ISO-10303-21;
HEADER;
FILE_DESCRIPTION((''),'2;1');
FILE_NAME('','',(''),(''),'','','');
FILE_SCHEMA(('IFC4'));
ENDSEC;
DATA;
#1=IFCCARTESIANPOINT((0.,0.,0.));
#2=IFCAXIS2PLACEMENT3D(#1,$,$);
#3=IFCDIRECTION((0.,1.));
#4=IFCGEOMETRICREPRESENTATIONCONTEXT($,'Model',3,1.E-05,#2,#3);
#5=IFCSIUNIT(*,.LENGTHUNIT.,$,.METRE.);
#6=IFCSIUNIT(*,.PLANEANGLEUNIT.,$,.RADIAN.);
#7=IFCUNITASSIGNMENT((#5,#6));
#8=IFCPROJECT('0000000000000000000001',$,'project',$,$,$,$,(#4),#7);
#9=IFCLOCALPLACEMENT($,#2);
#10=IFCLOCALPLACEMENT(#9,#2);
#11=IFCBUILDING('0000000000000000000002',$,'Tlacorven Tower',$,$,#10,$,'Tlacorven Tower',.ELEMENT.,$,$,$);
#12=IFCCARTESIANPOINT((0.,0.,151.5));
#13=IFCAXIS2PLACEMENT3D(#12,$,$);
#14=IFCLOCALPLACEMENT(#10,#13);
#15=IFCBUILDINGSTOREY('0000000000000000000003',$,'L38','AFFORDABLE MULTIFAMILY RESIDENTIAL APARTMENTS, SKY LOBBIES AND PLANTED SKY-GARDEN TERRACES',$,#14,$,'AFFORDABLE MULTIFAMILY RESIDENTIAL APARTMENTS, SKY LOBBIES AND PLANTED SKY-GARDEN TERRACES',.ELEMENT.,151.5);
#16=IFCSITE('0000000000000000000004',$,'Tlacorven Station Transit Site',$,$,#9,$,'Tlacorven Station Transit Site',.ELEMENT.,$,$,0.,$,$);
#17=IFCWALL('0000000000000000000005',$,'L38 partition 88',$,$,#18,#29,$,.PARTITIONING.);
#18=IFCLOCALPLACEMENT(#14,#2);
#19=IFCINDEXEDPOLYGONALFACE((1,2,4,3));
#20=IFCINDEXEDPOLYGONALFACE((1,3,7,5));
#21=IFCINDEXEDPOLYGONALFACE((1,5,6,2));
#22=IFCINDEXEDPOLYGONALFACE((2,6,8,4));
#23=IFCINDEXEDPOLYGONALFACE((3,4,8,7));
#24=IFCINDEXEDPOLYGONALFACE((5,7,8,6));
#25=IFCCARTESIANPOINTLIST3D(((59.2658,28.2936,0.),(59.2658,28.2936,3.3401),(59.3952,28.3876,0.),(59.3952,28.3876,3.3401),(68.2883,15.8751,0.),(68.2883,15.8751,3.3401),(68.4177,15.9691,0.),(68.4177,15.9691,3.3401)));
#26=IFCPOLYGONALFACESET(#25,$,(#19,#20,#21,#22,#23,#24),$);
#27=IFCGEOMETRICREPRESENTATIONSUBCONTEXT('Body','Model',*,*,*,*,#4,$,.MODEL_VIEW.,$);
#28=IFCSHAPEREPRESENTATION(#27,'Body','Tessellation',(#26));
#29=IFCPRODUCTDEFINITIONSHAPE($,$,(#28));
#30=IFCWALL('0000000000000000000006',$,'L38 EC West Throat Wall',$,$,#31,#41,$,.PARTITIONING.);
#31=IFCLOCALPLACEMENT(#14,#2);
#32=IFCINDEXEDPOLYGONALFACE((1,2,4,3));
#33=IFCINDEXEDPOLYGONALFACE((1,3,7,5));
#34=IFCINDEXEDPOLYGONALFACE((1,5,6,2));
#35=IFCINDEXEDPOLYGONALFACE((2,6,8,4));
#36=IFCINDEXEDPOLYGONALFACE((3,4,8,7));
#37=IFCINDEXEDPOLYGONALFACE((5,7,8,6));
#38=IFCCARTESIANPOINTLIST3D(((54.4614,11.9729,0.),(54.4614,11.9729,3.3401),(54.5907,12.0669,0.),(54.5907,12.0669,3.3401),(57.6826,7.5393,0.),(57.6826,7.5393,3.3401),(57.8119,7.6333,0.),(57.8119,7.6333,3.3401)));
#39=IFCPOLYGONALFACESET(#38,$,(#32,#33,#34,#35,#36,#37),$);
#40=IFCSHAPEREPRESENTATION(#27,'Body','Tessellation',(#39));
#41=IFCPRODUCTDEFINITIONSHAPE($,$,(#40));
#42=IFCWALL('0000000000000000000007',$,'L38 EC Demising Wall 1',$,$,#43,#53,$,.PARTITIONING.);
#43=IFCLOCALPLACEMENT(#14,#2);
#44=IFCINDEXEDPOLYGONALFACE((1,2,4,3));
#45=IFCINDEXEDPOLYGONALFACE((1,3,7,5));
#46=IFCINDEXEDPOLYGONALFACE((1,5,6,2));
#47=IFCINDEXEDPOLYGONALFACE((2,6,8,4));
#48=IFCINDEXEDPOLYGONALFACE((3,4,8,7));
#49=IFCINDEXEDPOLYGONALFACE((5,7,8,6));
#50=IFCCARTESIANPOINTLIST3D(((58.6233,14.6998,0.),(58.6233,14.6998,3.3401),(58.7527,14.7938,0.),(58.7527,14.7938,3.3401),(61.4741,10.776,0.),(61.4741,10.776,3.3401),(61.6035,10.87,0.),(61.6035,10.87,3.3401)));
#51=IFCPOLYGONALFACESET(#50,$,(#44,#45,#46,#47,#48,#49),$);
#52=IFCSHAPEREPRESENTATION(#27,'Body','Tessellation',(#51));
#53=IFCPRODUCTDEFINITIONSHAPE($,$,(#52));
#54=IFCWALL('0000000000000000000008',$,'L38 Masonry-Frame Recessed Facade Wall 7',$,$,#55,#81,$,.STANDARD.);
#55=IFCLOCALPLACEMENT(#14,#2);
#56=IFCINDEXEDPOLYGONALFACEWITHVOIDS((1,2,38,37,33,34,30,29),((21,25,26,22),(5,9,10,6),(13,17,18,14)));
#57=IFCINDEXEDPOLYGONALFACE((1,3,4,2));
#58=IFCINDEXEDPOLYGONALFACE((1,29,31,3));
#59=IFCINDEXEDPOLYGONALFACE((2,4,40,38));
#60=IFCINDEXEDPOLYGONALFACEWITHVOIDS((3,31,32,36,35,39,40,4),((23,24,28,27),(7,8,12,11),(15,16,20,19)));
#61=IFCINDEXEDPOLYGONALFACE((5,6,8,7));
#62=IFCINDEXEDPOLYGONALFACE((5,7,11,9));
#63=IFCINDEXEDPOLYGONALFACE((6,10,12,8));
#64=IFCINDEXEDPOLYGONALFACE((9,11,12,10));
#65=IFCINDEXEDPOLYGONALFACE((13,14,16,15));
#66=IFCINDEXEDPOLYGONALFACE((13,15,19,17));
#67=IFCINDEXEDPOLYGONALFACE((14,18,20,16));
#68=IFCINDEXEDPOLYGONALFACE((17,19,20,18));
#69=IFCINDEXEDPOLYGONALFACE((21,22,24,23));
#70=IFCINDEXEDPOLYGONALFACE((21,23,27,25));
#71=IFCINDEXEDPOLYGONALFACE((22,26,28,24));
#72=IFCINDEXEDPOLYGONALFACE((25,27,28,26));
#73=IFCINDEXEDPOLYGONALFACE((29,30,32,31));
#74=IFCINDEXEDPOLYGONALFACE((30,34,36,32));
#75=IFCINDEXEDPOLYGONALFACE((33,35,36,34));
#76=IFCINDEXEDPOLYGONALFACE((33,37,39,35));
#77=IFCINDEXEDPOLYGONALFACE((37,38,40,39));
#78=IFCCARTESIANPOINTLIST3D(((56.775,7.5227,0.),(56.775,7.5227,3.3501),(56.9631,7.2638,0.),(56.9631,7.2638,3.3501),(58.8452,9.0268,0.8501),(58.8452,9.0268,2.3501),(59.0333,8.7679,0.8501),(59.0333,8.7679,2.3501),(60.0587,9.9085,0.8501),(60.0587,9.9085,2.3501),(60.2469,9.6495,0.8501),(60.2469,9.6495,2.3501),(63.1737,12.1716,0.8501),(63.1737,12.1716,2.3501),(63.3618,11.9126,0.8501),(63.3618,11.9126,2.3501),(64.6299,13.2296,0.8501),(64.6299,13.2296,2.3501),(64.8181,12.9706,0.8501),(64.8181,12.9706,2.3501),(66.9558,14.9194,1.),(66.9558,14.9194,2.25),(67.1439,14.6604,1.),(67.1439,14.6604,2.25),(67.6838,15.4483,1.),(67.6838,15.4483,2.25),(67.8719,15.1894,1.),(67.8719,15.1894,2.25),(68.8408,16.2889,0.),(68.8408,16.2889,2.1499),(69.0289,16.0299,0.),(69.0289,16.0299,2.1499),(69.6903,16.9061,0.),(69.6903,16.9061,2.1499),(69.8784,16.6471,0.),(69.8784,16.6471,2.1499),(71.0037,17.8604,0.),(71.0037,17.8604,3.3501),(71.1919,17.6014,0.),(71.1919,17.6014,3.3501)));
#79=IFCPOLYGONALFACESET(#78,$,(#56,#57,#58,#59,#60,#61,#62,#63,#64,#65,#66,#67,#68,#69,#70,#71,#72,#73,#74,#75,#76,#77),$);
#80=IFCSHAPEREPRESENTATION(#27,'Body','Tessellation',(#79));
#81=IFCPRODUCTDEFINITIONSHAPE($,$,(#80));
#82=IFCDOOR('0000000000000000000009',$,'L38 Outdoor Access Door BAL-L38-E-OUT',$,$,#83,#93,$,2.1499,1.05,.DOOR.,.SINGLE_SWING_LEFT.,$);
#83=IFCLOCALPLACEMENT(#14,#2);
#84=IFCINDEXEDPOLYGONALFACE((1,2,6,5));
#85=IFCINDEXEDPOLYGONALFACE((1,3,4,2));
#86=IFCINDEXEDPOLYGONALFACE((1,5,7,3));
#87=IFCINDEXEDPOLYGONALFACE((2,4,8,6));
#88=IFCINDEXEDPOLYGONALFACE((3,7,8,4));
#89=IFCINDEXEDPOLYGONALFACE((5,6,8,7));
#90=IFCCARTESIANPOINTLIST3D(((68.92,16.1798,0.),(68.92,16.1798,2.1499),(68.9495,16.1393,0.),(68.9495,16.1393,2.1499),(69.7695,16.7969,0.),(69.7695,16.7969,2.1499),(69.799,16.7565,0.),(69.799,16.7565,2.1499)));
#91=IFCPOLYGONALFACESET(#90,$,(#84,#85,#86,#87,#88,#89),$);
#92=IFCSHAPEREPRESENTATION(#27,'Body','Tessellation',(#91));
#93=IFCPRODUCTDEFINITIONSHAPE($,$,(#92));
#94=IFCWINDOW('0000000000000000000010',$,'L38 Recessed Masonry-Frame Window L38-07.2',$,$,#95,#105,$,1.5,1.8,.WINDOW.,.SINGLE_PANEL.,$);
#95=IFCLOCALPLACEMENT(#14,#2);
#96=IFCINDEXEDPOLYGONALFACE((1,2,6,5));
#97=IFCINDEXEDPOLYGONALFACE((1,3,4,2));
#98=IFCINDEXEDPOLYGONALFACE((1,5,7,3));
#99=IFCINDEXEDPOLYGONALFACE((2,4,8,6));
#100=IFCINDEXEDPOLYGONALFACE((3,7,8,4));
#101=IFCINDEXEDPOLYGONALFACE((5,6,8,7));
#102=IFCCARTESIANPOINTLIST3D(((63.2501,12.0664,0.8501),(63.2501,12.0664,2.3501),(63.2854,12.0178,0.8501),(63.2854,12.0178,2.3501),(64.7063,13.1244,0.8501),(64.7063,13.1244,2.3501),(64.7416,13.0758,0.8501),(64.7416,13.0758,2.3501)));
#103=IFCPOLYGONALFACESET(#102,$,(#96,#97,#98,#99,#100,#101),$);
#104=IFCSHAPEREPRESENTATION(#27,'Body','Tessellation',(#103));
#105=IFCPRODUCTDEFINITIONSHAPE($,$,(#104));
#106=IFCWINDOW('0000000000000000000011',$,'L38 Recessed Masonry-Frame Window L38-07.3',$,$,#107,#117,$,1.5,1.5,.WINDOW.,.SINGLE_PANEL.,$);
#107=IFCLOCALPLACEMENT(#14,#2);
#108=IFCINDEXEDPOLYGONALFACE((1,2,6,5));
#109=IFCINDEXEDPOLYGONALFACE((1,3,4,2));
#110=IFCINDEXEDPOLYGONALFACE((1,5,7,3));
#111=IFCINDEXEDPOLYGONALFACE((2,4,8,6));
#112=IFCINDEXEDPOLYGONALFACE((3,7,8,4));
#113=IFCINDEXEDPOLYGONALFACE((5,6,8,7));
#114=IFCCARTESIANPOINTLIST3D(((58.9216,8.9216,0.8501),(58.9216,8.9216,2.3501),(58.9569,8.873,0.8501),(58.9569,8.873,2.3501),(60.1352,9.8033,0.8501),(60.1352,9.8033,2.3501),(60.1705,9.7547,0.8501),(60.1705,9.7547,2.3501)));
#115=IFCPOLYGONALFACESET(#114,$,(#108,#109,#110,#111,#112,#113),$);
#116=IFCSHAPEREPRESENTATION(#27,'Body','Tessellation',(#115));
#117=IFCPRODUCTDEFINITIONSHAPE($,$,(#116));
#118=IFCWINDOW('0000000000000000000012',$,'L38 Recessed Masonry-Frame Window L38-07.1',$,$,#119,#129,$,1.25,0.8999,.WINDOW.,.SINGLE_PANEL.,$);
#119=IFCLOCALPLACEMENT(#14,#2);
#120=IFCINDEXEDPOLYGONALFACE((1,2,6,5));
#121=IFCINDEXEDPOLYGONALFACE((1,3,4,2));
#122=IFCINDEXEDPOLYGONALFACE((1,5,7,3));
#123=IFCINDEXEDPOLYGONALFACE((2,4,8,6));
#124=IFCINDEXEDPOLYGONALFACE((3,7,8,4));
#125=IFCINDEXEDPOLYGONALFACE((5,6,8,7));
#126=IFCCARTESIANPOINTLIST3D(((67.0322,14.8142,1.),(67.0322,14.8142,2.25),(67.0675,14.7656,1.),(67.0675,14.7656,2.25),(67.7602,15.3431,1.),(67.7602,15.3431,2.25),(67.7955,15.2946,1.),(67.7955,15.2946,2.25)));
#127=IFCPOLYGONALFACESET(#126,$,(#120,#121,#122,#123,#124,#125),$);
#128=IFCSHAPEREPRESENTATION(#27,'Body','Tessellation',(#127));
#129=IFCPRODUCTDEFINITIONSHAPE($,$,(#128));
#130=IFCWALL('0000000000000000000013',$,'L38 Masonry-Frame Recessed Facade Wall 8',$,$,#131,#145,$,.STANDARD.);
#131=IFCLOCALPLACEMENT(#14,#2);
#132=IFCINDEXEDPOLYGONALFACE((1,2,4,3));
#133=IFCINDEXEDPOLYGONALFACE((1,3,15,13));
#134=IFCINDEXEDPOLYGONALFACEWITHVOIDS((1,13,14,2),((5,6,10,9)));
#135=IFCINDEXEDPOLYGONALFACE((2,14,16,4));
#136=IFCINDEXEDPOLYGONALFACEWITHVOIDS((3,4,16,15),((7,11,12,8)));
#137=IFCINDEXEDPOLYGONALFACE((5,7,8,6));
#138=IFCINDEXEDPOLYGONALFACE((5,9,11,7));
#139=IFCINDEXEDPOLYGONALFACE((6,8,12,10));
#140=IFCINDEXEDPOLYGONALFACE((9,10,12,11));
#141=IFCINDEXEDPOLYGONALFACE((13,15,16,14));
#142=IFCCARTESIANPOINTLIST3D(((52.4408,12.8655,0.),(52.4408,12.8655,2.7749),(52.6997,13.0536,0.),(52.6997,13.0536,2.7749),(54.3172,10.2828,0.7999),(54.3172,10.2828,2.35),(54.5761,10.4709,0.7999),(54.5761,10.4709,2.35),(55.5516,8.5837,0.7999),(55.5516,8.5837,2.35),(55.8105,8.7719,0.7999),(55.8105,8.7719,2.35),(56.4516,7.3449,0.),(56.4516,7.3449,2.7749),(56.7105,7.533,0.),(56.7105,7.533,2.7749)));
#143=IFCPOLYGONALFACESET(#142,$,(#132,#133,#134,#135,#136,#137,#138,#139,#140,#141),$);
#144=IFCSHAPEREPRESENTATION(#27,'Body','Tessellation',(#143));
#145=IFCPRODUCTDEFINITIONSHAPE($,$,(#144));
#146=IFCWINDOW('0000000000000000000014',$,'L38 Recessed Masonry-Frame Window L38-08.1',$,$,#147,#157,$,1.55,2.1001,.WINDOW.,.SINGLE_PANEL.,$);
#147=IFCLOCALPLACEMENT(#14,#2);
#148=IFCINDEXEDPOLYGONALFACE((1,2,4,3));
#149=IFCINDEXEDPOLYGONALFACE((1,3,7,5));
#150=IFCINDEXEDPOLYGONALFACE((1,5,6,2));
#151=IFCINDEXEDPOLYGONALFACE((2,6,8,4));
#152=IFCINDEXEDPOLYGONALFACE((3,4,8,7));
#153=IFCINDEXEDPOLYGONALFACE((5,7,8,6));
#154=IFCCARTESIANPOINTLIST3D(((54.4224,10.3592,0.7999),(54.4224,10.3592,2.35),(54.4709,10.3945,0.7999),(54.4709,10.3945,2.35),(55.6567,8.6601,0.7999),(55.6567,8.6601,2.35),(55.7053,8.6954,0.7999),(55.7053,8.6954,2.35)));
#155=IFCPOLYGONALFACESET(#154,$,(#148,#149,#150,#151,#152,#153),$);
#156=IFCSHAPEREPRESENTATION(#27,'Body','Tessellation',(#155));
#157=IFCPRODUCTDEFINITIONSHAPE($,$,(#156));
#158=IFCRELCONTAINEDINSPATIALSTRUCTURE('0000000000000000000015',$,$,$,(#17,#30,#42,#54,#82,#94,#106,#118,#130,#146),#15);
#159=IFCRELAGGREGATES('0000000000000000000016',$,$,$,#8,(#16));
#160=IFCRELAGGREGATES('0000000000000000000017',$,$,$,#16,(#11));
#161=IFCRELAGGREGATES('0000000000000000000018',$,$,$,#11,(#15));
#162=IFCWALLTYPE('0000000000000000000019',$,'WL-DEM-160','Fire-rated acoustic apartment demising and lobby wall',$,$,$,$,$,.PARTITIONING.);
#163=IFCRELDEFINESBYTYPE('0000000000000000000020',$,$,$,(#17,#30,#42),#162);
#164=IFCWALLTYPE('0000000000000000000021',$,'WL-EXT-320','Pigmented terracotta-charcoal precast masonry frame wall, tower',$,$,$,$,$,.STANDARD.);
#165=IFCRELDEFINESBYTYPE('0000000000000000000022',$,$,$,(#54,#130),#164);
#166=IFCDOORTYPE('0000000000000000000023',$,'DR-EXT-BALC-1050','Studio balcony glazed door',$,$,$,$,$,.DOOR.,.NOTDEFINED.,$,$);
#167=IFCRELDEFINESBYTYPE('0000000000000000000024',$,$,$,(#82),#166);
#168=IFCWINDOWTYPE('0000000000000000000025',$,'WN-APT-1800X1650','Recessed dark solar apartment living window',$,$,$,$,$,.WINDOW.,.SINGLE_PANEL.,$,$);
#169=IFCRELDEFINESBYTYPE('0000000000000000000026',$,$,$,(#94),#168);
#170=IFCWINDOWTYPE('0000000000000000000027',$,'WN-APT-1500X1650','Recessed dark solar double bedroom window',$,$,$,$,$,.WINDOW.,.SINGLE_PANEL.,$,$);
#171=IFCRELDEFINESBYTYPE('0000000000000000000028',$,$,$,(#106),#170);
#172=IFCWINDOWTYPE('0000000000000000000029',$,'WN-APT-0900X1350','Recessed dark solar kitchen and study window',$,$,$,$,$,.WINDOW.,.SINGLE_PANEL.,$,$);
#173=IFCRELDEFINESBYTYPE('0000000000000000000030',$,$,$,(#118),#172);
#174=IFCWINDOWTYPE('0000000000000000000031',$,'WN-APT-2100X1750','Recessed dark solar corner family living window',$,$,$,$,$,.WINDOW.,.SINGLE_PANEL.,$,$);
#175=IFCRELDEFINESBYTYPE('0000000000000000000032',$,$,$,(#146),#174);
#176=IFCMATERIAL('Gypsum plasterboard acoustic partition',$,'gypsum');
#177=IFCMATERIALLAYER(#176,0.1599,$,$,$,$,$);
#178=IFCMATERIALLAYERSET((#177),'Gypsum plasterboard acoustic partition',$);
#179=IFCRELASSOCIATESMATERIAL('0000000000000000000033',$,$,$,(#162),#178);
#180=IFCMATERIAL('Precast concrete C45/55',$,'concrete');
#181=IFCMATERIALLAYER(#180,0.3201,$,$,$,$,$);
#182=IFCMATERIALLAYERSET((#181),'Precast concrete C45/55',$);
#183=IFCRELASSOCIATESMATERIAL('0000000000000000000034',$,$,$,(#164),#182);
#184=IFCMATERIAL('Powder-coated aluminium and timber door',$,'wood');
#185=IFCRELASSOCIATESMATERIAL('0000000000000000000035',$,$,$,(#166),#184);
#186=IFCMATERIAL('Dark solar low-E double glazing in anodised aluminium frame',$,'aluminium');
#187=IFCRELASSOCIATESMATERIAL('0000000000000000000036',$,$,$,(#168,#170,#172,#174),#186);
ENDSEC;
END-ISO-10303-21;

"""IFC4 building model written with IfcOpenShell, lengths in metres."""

from ifc_helpers import new_model, si_unit, direction, frame, frame_2d, origin, place, context, subcontext, project, spatial, rectangle, extrude, source, transform, mapped, material, layer, layer_set, type_object, element, fill, save


model = new_model("IFC4")

# Units and contexts
model_context = context("Model", 3, precision=1e-05, world=origin(), true_north=direction((0.0, 1.0)))
body_context = subcontext(model_context, "Body", "Model", "MODEL_VIEW")
ifc_project = project(units=[si_unit("LENGTHUNIT", "METRE"), si_unit("PLANEANGLEUNIT", "RADIAN")], contexts=[model_context])

# Site, building, storey
site_placement = place(None, origin())
site = spatial("IfcSite", under=ifc_project, at=site_placement, Name="Tlacorven Station Transit Site", LongName="Tlacorven Station Transit Site", CompositionType="ELEMENT", RefElevation=0.0)
building_placement = place(site_placement, origin())
building = spatial("IfcBuilding", under=site, at=building_placement, Name="Tlacorven Tower", LongName="Tlacorven Tower", CompositionType="ELEMENT")
storey_placement = place(building_placement, frame((0.0, 0.0, 151.5)))
storey = spatial("IfcBuildingStorey", under=building, at=storey_placement, Name="L38", Description="AFFORDABLE MULTIFAMILY RESIDENTIAL APARTMENTS, SKY LOBBIES AND PLANTED SKY-GARDEN TERRACES", LongName="AFFORDABLE MULTIFAMILY RESIDENTIAL APARTMENTS, SKY LOBBIES AND PLANTED SKY-GARDEN TERRACES", CompositionType="ELEMENT", Elevation=151.5)

# Walls
ifc_material_1 = material(Name="Gypsum plasterboard acoustic partition", Category="gypsum")
ifc_layer_1 = layer(ifc_material_1, 0.1599)
ifc_layer_set_1 = layer_set([ifc_layer_1], Name="Gypsum plasterboard acoustic partition")
wall_type_1 = type_object("IfcWallType", Name="WL-DEM-160", Description="Fire-rated acoustic apartment demising and lobby wall", PredefinedType="PARTITIONING", material=ifc_layer_set_1)
wall_1_placement = place(storey_placement, frame((68.353, 15.9221, 0.0), z_axis=(0.0, 0.0, 1.0), x_axis=(-0.587782, 0.809019, 0.0)))
element("IfcWall", 1, at=wall_1_placement, inside=storey, type_object=wall_type_1, Name="L38 partition 88", PredefinedType="PARTITIONING", context=body_context, shape_type="SweptSolid", body=[
    extrude(rectangle(XDim=15.3501, YDim=0.1599, at=frame_2d((7.675, 0.0))), origin(), (0.0, 0.0, 1.0), 3.3401),
])
wall_2_placement = place(storey_placement, frame((57.7473, 7.5862, 0.0), z_axis=(0.0, 0.0, 1.0), x_axis=(-0.587785, 0.809017, 0.0)))
element("IfcWall", 2, at=wall_2_placement, inside=storey, type_object=wall_type_1, Name="L38 EC West Throat Wall", PredefinedType="PARTITIONING", context=body_context, shape_type="SweptSolid", body=[
    extrude(rectangle(XDim=5.4802, YDim=0.1599, at=frame_2d((2.7402, 0.0))), origin(), (0.0, 0.0, 1.0), 3.3401),
])
wall_3_placement = place(storey_placement, frame((61.5388, 10.823, 0.0), z_axis=(0.0, 0.0, 1.0), x_axis=(-0.587786, 0.809017, 0.0)))
element("IfcWall", 3, at=wall_3_placement, inside=storey, type_object=wall_type_1, Name="L38 EC Demising Wall 1", PredefinedType="PARTITIONING", context=body_context, shape_type="SweptSolid", body=[
    extrude(rectangle(XDim=4.8501, YDim=0.1599, at=frame_2d((2.425, 0.0))), origin(), (0.0, 0.0, 1.0), 3.3401),
])

# Wall, openings, door, windows
ifc_material_2 = material(Name="Precast concrete C45/55", Category="concrete")
ifc_layer_2 = layer(ifc_material_2, 0.3201)
ifc_layer_set_2 = layer_set([ifc_layer_2], Name="Precast concrete C45/55")
wall_type_2 = type_object("IfcWallType", Name="WL-EXT-320", Description="Pigmented terracotta-charcoal precast masonry frame wall, tower", PredefinedType="STANDARD", material=ifc_layer_set_2)
wall_4_placement = place(storey_placement, frame((71.0979, 17.731, 0.0), z_axis=(0.0, 0.0, 1.0), x_axis=(-0.809021, -0.58778, 0.0)))
wall_4 = element("IfcWall", 4, at=wall_4_placement, inside=storey, type_object=wall_type_2, Name="L38 Masonry-Frame Recessed Facade Wall 7", PredefinedType="STANDARD", context=body_context, shape_type="SweptSolid", body=[
    extrude(rectangle(XDim=17.5876, YDim=0.3201, at=frame_2d((8.7939, 0.0))), origin(), (0.0, 0.0, 1.0), 3.3501),
])
opening_1_placement = place(wall_4_placement, frame((1.6238, 0.0, 0.0)))
opening_1 = element("IfcOpeningElement", 5, at=opening_1_placement, cuts=wall_4, PredefinedType="OPENING", context=body_context, shape_type="SweptSolid", body=[
    extrude(rectangle(XDim=1.05, YDim=2.1499, at=frame_2d((0.5249, 1.075))), frame((0.0, 0.1699, 0.0), z_axis=(0.0, -1.0, 0.0), x_axis=(1.0, 0.0, 0.0)), (0.0, 0.0, 1.0), 0.3401),
])
opening_2_placement = place(wall_4_placement, frame((4.1038, 0.0, 1.0)))
opening_2 = element("IfcOpeningElement", 6, at=opening_2_placement, cuts=wall_4, PredefinedType="OPENING", context=body_context, shape_type="SweptSolid", body=[
    extrude(rectangle(XDim=0.8999, YDim=1.25, at=frame_2d((0.45, 0.625))), frame((0.0, 0.1699, 0.0), z_axis=(0.0, -1.0, 0.0), x_axis=(1.0, 0.0, 0.0)), (0.0, 0.0, 1.0), 0.3401),
])
opening_3_placement = place(wall_4_placement, frame((7.8787, 0.0, 0.8501)))
opening_3 = element("IfcOpeningElement", 7, at=opening_3_placement, cuts=wall_4, PredefinedType="OPENING", context=body_context, shape_type="SweptSolid", body=[
    extrude(rectangle(XDim=1.8, YDim=1.5, at=frame_2d((0.8999, 0.75))), frame((0.0, 0.1699, 0.0), z_axis=(0.0, -1.0, 0.0), x_axis=(1.0, 0.0, 0.0)), (0.0, 0.0, 1.0), 0.3401),
])
opening_4_placement = place(wall_4_placement, frame((13.5288, 0.0, 0.8501)))
opening_4 = element("IfcOpeningElement", 8, at=opening_4_placement, cuts=wall_4, PredefinedType="OPENING", context=body_context, shape_type="SweptSolid", body=[
    extrude(rectangle(XDim=1.5, YDim=1.5, at=frame_2d((0.75, 0.75))), frame((0.0, 0.1699, 0.0), z_axis=(0.0, -1.0, 0.0), x_axis=(1.0, 0.0, 0.0)), (0.0, 0.0, 1.0), 0.3401),
])
ifc_material_3 = material(Name="Powder-coated aluminium and timber door", Category="wood")
door_type = type_object("IfcDoorType", Name="DR-EXT-BALC-1050", Description="Studio balcony glazed door", OperationType="NOTDEFINED", PredefinedType="DOOR", material=ifc_material_3)
shared_shape_1 = source(origin(), body_context, "Body", "SweptSolid", [
    extrude(rectangle(XDim=1.05, YDim=2.1499, at=frame_2d((0.5249, 1.075))), frame((0.0, 0.0249, 0.0), z_axis=(0.0, -1.0, 0.0), x_axis=(1.0, 0.0, 0.0)), (0.0, 0.0, 1.0), 0.05),
])
door_placement = place(opening_1_placement, origin())
door = element("IfcDoor", 9, at=door_placement, inside=storey, type_object=door_type, Name="L38 Outdoor Access Door BAL-L38-E-OUT", OperationType="SINGLE_SWING_LEFT", OverallHeight=2.1499, OverallWidth=1.05, PredefinedType="DOOR", context=body_context, shape_type="MappedRepresentation", body=[
    mapped(shared_shape_1, transform((0.0, 0.0, 0.0), scale=1.0)),
])
fill(opening_1, door)
ifc_material_4 = material(Name="Dark solar low-E double glazing in anodised aluminium frame", Category="aluminium")
window_type_1 = type_object("IfcWindowType", Name="WN-APT-1800X1650", Description="Recessed dark solar apartment living window", PartitioningType="SINGLE_PANEL", PredefinedType="WINDOW", material=ifc_material_4)
shared_shape_2 = source(origin(), body_context, "Body", "SweptSolid", [
    extrude(rectangle(XDim=1.8, YDim=1.5, at=frame_2d((0.8999, 0.75))), frame((0.0, 0.03, 0.0), z_axis=(0.0, -1.0, 0.0), x_axis=(1.0, 0.0, 0.0)), (0.0, 0.0, 1.0), 0.0601),
])
window_1_placement = place(opening_3_placement, origin())
window_1 = element("IfcWindow", 10, at=window_1_placement, inside=storey, type_object=window_type_1, Name="L38 Recessed Masonry-Frame Window L38-07.2", OverallHeight=1.5, OverallWidth=1.8, PartitioningType="SINGLE_PANEL", PredefinedType="WINDOW", context=body_context, shape_type="MappedRepresentation", body=[
    mapped(shared_shape_2, transform((0.0, 0.0, 0.0), scale=1.0)),
])
fill(opening_3, window_1)
window_type_2 = type_object("IfcWindowType", Name="WN-APT-1500X1650", Description="Recessed dark solar double bedroom window", PartitioningType="SINGLE_PANEL", PredefinedType="WINDOW", material=ifc_material_4)
shared_shape_3 = source(origin(), body_context, "Body", "SweptSolid", [
    extrude(rectangle(XDim=1.5, YDim=1.5, at=frame_2d((0.75, 0.75))), frame((0.0, 0.03, 0.0), z_axis=(0.0, -1.0, 0.0), x_axis=(1.0, 0.0, 0.0)), (0.0, 0.0, 1.0), 0.0601),
])
window_2_placement = place(opening_4_placement, origin())
window_2 = element("IfcWindow", 11, at=window_2_placement, inside=storey, type_object=window_type_2, Name="L38 Recessed Masonry-Frame Window L38-07.3", OverallHeight=1.5, OverallWidth=1.5, PartitioningType="SINGLE_PANEL", PredefinedType="WINDOW", context=body_context, shape_type="MappedRepresentation", body=[
    mapped(shared_shape_3, transform((0.0, 0.0, 0.0), scale=1.0)),
])
fill(opening_4, window_2)
window_type_3 = type_object("IfcWindowType", Name="WN-APT-0900X1350", Description="Recessed dark solar kitchen and study window", PartitioningType="SINGLE_PANEL", PredefinedType="WINDOW", material=ifc_material_4)
shared_shape_4 = source(origin(), body_context, "Body", "SweptSolid", [
    extrude(rectangle(XDim=0.8999, YDim=1.25, at=frame_2d((0.45, 0.625))), frame((0.0, 0.03, 0.0), z_axis=(0.0, -1.0, 0.0), x_axis=(1.0, 0.0, 0.0)), (0.0, 0.0, 1.0), 0.0601),
])
window_3_placement = place(opening_2_placement, origin())
window_3 = element("IfcWindow", 12, at=window_3_placement, inside=storey, type_object=window_type_3, Name="L38 Recessed Masonry-Frame Window L38-07.1", OverallHeight=1.25, OverallWidth=0.8999, PartitioningType="SINGLE_PANEL", PredefinedType="WINDOW", context=body_context, shape_type="MappedRepresentation", body=[
    mapped(shared_shape_4, transform((0.0, 0.0, 0.0), scale=1.0)),
])
fill(opening_2, window_3)

# Wall, opening, window
wall_5_placement = place(storey_placement, frame((56.5811, 7.439, 0.0), z_axis=(0.0, 0.0, 1.0), x_axis=(-0.587772, 0.809027, 0.0)))
wall_5 = element("IfcWall", 13, at=wall_5_placement, inside=storey, type_object=wall_type_2, Name="L38 Masonry-Frame Recessed Facade Wall 8", PredefinedType="STANDARD", context=body_context, shape_type="SweptSolid", body=[
    extrude(rectangle(XDim=6.8237, YDim=0.3201, at=frame_2d((3.4119, 0.0))), origin(), (0.0, 0.0, 1.0), 2.7749),
])
opening_5_placement = place(wall_5_placement, frame((1.5312, 0.0, 0.8)))
opening_5 = element("IfcOpeningElement", 14, at=opening_5_placement, cuts=wall_5, PredefinedType="OPENING", context=body_context, shape_type="SweptSolid", body=[
    extrude(rectangle(XDim=2.1001, YDim=1.55, at=frame_2d((1.05, 0.7749))), frame((0.0, 0.1699, 0.0), z_axis=(0.0, -1.0, 0.0), x_axis=(1.0, 0.0, 0.0)), (0.0, 0.0, 1.0), 0.3401),
])
window_type_4 = type_object("IfcWindowType", Name="WN-APT-2100X1750", Description="Recessed dark solar corner family living window", PartitioningType="SINGLE_PANEL", PredefinedType="WINDOW", material=ifc_material_4)
shared_shape_5 = source(origin(), body_context, "Body", "SweptSolid", [
    extrude(rectangle(XDim=2.1001, YDim=1.55, at=frame_2d((1.05, 0.7749))), frame((0.0, 0.03, 0.0), z_axis=(0.0, -1.0, 0.0), x_axis=(1.0, 0.0, 0.0)), (0.0, 0.0, 1.0), 0.0601),
])
window_4_placement = place(opening_5_placement, origin())
window_4 = element("IfcWindow", 15, at=window_4_placement, inside=storey, type_object=window_type_4, Name="L38 Recessed Masonry-Frame Window L38-08.1", OverallHeight=1.55, OverallWidth=2.1001, PartitioningType="SINGLE_PANEL", PredefinedType="WINDOW", context=body_context, shape_type="MappedRepresentation", body=[
    mapped(shared_shape_5, transform((0.0, 0.0, 0.0), scale=1.0)),
])
fill(opening_5, window_4)

save(model, "model.ifc")
